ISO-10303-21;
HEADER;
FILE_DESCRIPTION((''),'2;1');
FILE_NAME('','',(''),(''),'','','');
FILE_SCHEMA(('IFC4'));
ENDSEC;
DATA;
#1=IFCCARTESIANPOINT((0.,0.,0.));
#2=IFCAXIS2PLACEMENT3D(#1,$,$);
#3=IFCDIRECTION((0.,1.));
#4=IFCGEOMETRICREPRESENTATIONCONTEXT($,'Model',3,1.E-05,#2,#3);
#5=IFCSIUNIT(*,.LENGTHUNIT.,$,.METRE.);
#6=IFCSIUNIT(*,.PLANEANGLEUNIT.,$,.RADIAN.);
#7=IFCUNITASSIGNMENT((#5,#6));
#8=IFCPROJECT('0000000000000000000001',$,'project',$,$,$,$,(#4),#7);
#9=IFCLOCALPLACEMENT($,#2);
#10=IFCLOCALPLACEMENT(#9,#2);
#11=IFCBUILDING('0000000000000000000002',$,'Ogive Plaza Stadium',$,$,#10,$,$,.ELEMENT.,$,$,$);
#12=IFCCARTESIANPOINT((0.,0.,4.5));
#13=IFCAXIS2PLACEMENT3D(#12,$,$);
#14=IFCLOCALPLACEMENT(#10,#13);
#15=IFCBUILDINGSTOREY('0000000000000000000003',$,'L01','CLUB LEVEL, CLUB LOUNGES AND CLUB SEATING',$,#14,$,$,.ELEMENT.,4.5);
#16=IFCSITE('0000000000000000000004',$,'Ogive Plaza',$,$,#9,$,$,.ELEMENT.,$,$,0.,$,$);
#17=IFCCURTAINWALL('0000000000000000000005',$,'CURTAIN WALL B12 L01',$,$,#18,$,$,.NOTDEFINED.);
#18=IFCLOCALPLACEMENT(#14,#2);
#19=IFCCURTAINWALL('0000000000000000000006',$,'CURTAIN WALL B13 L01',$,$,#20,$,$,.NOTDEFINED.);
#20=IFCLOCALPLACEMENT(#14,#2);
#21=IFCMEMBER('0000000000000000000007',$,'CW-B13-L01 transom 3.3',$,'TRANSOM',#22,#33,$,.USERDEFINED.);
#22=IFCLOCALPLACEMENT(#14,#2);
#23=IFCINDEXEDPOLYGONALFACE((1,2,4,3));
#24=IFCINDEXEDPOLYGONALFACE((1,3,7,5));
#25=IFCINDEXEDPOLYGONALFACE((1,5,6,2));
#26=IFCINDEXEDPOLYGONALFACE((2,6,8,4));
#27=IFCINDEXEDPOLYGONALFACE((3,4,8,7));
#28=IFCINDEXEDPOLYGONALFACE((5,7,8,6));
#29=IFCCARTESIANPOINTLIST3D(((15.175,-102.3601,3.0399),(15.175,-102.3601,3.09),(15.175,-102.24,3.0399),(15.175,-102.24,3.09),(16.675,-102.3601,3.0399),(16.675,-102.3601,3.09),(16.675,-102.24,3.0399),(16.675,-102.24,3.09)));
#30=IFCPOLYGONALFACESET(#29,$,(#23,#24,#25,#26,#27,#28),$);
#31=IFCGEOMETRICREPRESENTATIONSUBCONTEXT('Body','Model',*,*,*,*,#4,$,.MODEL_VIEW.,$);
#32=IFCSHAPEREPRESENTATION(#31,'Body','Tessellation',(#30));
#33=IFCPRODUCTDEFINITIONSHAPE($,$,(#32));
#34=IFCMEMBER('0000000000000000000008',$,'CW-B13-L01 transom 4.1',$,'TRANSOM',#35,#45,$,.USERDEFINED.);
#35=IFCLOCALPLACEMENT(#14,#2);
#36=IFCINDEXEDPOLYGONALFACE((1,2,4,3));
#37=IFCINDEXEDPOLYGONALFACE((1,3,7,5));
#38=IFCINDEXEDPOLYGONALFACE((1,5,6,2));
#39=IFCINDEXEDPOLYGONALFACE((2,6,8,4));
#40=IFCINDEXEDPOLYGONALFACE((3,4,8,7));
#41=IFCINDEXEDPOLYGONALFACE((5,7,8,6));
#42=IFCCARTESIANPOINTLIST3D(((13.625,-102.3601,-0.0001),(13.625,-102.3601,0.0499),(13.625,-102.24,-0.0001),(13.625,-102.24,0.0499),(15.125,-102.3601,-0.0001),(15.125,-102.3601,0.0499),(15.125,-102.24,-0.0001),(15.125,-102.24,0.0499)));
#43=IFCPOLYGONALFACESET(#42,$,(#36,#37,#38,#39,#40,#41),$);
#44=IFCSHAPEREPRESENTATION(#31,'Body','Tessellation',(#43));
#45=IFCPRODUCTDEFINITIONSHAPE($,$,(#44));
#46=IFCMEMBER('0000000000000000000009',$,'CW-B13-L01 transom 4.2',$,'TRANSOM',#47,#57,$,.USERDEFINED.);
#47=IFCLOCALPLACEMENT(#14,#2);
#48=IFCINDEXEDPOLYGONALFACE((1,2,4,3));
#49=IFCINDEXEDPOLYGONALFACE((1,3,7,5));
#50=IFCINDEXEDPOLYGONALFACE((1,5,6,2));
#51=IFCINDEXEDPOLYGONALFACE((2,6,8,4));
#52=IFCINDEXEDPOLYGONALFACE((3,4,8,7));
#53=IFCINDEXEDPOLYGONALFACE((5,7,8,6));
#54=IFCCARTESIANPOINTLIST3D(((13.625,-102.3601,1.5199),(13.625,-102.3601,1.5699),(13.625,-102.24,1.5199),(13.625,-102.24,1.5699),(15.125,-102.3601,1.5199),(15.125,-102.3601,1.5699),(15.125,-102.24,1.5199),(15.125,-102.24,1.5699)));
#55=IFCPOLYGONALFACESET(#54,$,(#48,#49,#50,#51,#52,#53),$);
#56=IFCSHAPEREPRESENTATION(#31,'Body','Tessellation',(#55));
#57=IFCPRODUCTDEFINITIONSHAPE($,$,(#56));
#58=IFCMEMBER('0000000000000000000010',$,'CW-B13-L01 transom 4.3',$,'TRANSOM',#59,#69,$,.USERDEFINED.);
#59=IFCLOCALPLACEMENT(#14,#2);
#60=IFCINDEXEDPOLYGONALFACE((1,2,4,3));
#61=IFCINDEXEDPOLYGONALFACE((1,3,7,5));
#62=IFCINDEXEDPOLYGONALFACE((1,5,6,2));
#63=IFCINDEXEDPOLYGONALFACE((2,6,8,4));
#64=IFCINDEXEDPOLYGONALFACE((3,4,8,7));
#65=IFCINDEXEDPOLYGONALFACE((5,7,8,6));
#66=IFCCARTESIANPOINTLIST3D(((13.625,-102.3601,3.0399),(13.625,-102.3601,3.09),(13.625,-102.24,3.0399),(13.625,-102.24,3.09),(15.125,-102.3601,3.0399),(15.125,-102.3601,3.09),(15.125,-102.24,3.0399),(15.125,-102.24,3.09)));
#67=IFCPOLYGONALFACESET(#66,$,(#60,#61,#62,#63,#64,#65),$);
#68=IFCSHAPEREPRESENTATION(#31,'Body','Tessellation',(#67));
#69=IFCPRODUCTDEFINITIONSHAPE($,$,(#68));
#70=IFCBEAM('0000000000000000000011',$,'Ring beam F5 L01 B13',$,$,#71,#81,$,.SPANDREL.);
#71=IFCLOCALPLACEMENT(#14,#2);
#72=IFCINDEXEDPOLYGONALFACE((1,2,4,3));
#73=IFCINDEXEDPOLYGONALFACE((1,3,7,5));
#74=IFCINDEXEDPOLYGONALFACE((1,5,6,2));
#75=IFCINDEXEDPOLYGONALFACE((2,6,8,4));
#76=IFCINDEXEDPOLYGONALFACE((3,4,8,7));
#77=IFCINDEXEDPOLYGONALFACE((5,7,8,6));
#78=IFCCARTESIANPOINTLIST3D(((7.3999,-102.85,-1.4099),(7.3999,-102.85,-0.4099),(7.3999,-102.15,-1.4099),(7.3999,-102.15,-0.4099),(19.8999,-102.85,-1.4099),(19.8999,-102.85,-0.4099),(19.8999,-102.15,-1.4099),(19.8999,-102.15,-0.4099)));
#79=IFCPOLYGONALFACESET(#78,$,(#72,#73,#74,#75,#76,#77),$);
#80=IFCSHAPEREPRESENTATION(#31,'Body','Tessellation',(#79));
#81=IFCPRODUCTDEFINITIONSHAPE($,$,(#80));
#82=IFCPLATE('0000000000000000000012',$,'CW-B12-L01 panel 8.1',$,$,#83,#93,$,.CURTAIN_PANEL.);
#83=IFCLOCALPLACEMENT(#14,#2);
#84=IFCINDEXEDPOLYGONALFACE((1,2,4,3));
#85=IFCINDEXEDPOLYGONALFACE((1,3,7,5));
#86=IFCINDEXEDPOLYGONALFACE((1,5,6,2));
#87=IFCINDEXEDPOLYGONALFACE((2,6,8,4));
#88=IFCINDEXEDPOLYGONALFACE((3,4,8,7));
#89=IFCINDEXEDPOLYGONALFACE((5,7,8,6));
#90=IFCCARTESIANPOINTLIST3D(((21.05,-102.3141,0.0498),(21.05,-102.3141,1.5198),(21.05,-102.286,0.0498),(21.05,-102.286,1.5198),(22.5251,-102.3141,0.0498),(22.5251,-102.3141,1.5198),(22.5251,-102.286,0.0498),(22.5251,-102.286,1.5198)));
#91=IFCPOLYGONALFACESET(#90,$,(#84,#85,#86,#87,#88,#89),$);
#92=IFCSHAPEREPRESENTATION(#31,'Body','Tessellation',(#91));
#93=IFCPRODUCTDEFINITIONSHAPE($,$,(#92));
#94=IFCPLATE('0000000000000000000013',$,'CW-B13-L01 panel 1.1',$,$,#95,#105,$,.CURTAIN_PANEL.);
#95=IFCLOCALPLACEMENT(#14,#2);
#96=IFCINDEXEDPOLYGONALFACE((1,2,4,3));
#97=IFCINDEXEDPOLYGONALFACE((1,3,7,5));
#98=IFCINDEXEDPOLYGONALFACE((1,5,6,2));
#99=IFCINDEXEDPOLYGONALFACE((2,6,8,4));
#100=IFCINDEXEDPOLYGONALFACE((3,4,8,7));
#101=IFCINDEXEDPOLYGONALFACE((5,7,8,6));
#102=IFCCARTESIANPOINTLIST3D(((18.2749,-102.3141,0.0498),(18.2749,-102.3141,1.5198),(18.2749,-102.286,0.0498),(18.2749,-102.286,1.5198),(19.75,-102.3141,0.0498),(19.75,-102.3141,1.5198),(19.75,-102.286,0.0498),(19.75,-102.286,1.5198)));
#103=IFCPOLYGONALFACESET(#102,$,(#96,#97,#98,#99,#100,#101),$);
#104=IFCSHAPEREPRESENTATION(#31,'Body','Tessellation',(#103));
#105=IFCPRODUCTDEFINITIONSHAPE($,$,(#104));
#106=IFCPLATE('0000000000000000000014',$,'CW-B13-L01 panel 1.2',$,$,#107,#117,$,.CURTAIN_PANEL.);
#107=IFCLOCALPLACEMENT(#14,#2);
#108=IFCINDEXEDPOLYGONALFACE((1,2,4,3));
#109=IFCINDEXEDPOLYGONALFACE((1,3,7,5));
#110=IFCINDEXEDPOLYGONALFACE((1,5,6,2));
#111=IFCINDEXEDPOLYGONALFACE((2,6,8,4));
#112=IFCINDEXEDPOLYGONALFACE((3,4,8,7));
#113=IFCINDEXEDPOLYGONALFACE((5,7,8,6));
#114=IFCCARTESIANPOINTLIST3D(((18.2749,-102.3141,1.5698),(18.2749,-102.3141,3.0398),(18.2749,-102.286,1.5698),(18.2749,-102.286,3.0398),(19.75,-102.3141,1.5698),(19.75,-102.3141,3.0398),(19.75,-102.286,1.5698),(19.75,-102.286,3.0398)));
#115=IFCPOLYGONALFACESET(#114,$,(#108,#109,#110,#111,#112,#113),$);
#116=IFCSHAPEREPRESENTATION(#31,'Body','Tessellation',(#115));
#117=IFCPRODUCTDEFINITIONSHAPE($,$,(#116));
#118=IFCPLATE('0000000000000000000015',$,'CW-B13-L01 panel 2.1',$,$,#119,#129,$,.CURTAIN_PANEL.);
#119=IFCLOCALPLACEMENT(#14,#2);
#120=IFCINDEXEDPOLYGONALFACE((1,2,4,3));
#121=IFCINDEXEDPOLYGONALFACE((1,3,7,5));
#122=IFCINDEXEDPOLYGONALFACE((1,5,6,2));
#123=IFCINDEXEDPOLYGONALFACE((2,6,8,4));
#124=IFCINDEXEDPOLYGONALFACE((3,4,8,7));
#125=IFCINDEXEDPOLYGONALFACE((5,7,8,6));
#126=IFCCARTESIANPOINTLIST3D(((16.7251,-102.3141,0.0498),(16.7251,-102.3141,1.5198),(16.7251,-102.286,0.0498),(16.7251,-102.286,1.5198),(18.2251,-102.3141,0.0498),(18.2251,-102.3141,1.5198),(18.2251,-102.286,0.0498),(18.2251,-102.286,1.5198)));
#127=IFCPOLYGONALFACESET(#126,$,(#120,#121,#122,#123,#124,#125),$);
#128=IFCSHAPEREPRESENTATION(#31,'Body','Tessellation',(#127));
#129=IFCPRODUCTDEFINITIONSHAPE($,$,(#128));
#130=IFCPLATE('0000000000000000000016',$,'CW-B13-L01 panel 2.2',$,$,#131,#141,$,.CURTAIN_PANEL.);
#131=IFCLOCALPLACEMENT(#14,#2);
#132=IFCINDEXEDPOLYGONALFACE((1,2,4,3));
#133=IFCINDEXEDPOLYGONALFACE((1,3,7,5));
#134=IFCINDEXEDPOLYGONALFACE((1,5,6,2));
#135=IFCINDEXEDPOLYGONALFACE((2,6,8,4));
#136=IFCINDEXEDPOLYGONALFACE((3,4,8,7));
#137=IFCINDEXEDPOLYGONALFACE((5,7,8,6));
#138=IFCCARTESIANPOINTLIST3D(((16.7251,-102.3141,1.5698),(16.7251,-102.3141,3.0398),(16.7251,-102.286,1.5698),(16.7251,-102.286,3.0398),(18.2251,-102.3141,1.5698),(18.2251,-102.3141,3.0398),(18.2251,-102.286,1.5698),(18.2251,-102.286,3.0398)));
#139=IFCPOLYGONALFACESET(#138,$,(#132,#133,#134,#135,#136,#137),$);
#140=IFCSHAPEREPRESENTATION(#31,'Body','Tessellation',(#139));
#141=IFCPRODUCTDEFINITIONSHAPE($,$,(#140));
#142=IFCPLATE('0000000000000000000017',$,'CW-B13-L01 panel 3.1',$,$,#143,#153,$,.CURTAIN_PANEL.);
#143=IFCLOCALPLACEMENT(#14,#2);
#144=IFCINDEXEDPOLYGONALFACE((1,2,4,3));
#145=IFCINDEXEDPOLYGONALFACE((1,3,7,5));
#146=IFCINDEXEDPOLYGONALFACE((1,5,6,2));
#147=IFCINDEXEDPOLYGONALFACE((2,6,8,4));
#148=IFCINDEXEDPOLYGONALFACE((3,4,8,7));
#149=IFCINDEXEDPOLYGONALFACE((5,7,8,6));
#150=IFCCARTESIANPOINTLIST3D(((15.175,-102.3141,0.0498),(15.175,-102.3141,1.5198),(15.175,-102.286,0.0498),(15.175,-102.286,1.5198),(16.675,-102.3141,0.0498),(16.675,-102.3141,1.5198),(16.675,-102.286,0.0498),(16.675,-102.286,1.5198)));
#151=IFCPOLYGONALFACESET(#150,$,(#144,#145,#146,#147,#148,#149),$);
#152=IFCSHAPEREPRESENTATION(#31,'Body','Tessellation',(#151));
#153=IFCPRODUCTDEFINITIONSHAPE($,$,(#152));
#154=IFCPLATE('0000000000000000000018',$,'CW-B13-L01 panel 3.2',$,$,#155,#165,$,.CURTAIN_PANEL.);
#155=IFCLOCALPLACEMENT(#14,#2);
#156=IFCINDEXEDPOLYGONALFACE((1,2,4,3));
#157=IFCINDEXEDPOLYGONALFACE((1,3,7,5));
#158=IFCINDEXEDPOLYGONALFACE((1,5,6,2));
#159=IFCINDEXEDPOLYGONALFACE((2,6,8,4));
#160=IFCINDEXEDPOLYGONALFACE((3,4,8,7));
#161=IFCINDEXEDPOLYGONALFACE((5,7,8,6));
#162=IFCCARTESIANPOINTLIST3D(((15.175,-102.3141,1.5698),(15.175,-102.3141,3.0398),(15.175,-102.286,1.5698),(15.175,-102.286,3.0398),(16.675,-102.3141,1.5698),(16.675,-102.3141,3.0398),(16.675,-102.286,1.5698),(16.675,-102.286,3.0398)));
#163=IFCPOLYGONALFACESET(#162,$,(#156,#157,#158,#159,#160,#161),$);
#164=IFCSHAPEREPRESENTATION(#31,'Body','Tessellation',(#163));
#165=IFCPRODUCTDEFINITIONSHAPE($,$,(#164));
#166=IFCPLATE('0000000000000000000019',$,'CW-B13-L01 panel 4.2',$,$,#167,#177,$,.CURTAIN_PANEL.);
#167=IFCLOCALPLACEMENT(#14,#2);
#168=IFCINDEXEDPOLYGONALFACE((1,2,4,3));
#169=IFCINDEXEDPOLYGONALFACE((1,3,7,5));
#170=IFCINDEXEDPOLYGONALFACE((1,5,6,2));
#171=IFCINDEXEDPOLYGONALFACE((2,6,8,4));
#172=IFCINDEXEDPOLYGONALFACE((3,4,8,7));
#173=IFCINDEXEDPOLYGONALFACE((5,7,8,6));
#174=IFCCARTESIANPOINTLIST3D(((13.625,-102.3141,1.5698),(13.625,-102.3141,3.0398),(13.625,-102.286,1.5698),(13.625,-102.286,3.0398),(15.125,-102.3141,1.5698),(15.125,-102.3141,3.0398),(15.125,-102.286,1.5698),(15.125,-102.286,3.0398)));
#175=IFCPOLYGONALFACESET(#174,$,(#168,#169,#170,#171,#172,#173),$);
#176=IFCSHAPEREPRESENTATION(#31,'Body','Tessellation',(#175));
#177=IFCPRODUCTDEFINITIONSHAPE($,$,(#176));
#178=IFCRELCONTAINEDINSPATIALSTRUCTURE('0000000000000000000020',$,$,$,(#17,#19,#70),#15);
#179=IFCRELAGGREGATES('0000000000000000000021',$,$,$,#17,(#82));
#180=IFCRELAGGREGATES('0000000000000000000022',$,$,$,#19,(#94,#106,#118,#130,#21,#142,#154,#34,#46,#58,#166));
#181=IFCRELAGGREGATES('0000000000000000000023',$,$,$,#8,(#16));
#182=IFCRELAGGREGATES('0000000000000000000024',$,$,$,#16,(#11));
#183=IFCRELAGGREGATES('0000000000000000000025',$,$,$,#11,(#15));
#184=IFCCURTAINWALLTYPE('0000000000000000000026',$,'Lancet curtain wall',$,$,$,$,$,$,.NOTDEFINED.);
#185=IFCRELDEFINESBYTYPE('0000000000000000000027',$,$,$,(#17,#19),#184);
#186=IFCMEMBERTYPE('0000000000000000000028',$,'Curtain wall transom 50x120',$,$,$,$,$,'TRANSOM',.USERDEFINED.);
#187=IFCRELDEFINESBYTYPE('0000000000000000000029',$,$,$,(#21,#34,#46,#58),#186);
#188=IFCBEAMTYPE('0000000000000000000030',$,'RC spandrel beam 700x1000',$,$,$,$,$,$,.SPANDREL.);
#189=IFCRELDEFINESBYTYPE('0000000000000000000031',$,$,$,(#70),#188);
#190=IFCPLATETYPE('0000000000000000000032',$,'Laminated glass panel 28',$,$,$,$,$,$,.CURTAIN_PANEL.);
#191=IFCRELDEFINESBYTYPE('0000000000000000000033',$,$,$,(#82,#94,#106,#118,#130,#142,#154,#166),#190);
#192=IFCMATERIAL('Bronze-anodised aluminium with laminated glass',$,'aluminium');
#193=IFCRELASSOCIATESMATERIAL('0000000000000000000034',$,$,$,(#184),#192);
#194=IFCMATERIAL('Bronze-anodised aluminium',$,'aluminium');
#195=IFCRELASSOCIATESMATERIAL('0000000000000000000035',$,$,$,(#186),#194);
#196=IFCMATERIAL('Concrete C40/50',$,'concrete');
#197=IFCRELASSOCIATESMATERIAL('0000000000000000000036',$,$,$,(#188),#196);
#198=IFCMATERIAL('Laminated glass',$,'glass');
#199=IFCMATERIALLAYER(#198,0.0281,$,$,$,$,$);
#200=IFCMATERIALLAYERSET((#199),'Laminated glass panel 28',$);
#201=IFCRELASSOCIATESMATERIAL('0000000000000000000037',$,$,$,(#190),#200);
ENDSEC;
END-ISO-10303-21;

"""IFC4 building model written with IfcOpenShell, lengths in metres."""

from ifc_helpers import new_model, si_unit, direction, frame, origin, origin_2d, place, context, subcontext, project, spatial, rectangle, extrude, material, layer, layer_set, material_profile, profile_set, type_object, element, aggregate, save


model = new_model("IFC4")

# Units and contexts
model_context = context("Model", 3, precision=1e-05, world=origin(), true_north=direction((0.0, 1.0)))
body_context = subcontext(model_context, "Body", "Model", "MODEL_VIEW")
ifc_project = project(units=[si_unit("LENGTHUNIT", "METRE"), si_unit("PLANEANGLEUNIT", "RADIAN")], contexts=[model_context])

# Site, building, storey
site_placement = place(None, origin())
site = spatial("IfcSite", under=ifc_project, at=site_placement, Name="Ogive Plaza", CompositionType="ELEMENT", RefElevation=0.0)
building_placement = place(site_placement, origin())
building = spatial("IfcBuilding", under=site, at=building_placement, Name="Ogive Plaza Stadium", CompositionType="ELEMENT")
storey_placement = place(building_placement, frame((0.0, 0.0, 4.5)))
storey = spatial("IfcBuildingStorey", under=building, at=storey_placement, Name="L01", Description="CLUB LEVEL, CLUB LOUNGES AND CLUB SEATING", CompositionType="ELEMENT", Elevation=4.5)

# Curtain wall
ifc_material_1 = material(Name="Bronze-anodised aluminium with laminated glass", Category="aluminium")
curtain_wall_type = type_object("IfcCurtainWallType", Name="Lancet curtain wall", PredefinedType="NOTDEFINED", material=ifc_material_1)
curtain_wall_1_placement = place(storey_placement, origin())
curtain_wall_1 = element("IfcCurtainWall", 1, at=curtain_wall_1_placement, inside=storey, type_object=curtain_wall_type, Name="CURTAIN WALL B12 L01", PredefinedType="NOTDEFINED")

# Curtain wall, members
curtain_wall_2_placement = place(storey_placement, origin())
curtain_wall_2 = element("IfcCurtainWall", 2, at=curtain_wall_2_placement, inside=storey, type_object=curtain_wall_type, Name="CURTAIN WALL B13 L01", PredefinedType="NOTDEFINED")
ifc_material_2 = material(Name="Bronze-anodised aluminium", Category="aluminium")
ifc_material_profile_1 = material_profile(ifc_material_2, rectangle(XDim=0.1201, YDim=0.05, at=origin_2d()), Name="AL 120x50")
ifc_profile_set_1 = profile_set([ifc_material_profile_1], Name="Bronze-anodised aluminium")
member_type_1 = type_object("IfcMemberType", Name="Curtain wall transom 50x120", ElementType="TRANSOM", PredefinedType="USERDEFINED", material=ifc_profile_set_1)
member_1_placement = place(storey_placement, frame((16.675, -102.3, 3.0649), z_axis=(-1.0, 0.0, 0.0), x_axis=(0.0, -1.0, 0.0)))
member_1 = element("IfcMember", 3, at=member_1_placement, type_object=member_type_1, Name="CW-B13-L01 transom 3.3", ObjectType="TRANSOM", PredefinedType="USERDEFINED", context=body_context, shape_type="SweptSolid", body=[
    extrude(rectangle(XDim=0.1201, YDim=0.05, at=origin_2d()), origin(), (0.0, 0.0, 1.0), 1.5),
])
member_2_placement = place(storey_placement, frame((15.125, -102.3, 0.0249), z_axis=(-1.0, 0.0, 0.0), x_axis=(0.0, -1.0, 0.0)))
member_2 = element("IfcMember", 4, at=member_2_placement, type_object=member_type_1, Name="CW-B13-L01 transom 4.1", ObjectType="TRANSOM", PredefinedType="USERDEFINED", context=body_context, shape_type="SweptSolid", body=[
    extrude(rectangle(XDim=0.1201, YDim=0.05, at=origin_2d()), origin(), (0.0, 0.0, 1.0), 1.5),
])
member_3_placement = place(storey_placement, frame((15.125, -102.3, 1.5449), z_axis=(-1.0, 0.0, 0.0), x_axis=(0.0, -1.0, 0.0)))
member_3 = element("IfcMember", 5, at=member_3_placement, type_object=member_type_1, Name="CW-B13-L01 transom 4.2", ObjectType="TRANSOM", PredefinedType="USERDEFINED", context=body_context, shape_type="SweptSolid", body=[
    extrude(rectangle(XDim=0.1201, YDim=0.05, at=origin_2d()), origin(), (0.0, 0.0, 1.0), 1.5),
])
member_4_placement = place(storey_placement, frame((15.125, -102.3, 3.0649), z_axis=(-1.0, 0.0, 0.0), x_axis=(0.0, -1.0, 0.0)))
member_4 = element("IfcMember", 6, at=member_4_placement, type_object=member_type_1, Name="CW-B13-L01 transom 4.3", ObjectType="TRANSOM", PredefinedType="USERDEFINED", context=body_context, shape_type="SweptSolid", body=[
    extrude(rectangle(XDim=0.1201, YDim=0.05, at=origin_2d()), origin(), (0.0, 0.0, 1.0), 1.5),
])

# Beam
ifc_material_3 = material(Name="Concrete C40/50", Category="concrete")
ifc_material_profile_2 = material_profile(ifc_material_3, rectangle(XDim=0.7, YDim=1.0, at=origin_2d()), Name="RC 700x1000")
ifc_profile_set_2 = profile_set([ifc_material_profile_2], Name="Concrete C40/50")
beam_type = type_object("IfcBeamType", Name="RC spandrel beam 700x1000", PredefinedType="SPANDREL", material=ifc_profile_set_2)
beam_placement = place(storey_placement, frame((19.8999, -102.5, -0.9099), z_axis=(-1.0, 0.0, 0.0), x_axis=(0.0, -1.0, 0.0)))
element("IfcBeam", 7, at=beam_placement, inside=storey, type_object=beam_type, Name="Ring beam F5 L01 B13", PredefinedType="SPANDREL", context=body_context, shape_type="SweptSolid", body=[
    extrude(rectangle(XDim=0.7, YDim=1.0, at=origin_2d()), origin(), (0.0, 0.0, 1.0), 12.5),
])

# Plates
ifc_material_4 = material(Name="Laminated glass", Category="glass")
ifc_layer_1 = layer(ifc_material_4, 0.0281)
ifc_layer_set_1 = layer_set([ifc_layer_1], Name="Laminated glass panel 28")
plate_type = type_object("IfcPlateType", Name="Laminated glass panel 28", PredefinedType="CURTAIN_PANEL", material=ifc_layer_set_1)
plate_1_placement = place(storey_placement, frame((21.7876, -102.3, 0.0498), z_axis=(0.0, 0.0, 1.0), x_axis=(-1.0, 0.0, 0.0)))
plate_1 = element("IfcPlate", 8, at=plate_1_placement, type_object=plate_type, Name="CW-B12-L01 panel 8.1", PredefinedType="CURTAIN_PANEL", context=body_context, shape_type="SweptSolid", body=[
    extrude(rectangle(XDim=1.4751, YDim=0.0281, at=origin_2d()), origin(), (0.0, 0.0, 1.0), 1.47),
])
aggregate(curtain_wall_1, [plate_1])
plate_2_placement = place(storey_placement, frame((19.0125, -102.3, 0.0498), z_axis=(0.0, 0.0, 1.0), x_axis=(-1.0, 0.0, 0.0)))
plate_2 = element("IfcPlate", 9, at=plate_2_placement, type_object=plate_type, Name="CW-B13-L01 panel 1.1", PredefinedType="CURTAIN_PANEL", context=body_context, shape_type="SweptSolid", body=[
    extrude(rectangle(XDim=1.4751, YDim=0.0281, at=origin_2d()), origin(), (0.0, 0.0, 1.0), 1.47),
])
plate_3_placement = place(storey_placement, frame((19.0125, -102.3, 1.5698), z_axis=(0.0, 0.0, 1.0), x_axis=(-1.0, 0.0, 0.0)))
plate_3 = element("IfcPlate", 10, at=plate_3_placement, type_object=plate_type, Name="CW-B13-L01 panel 1.2", PredefinedType="CURTAIN_PANEL", context=body_context, shape_type="SweptSolid", body=[
    extrude(rectangle(XDim=1.4751, YDim=0.0281, at=origin_2d()), origin(), (0.0, 0.0, 1.0), 1.47),
])
plate_4_placement = place(storey_placement, frame((17.4751, -102.3, 0.0498), z_axis=(0.0, 0.0, 1.0), x_axis=(-1.0, 0.0, 0.0)))
plate_4 = element("IfcPlate", 11, at=plate_4_placement, type_object=plate_type, Name="CW-B13-L01 panel 2.1", PredefinedType="CURTAIN_PANEL", context=body_context, shape_type="SweptSolid", body=[
    extrude(rectangle(XDim=1.5, YDim=0.0281, at=origin_2d()), origin(), (0.0, 0.0, 1.0), 1.47),
])
plate_5_placement = place(storey_placement, frame((17.4751, -102.3, 1.5698), z_axis=(0.0, 0.0, 1.0), x_axis=(-1.0, 0.0, 0.0)))
plate_5 = element("IfcPlate", 12, at=plate_5_placement, type_object=plate_type, Name="CW-B13-L01 panel 2.2", PredefinedType="CURTAIN_PANEL", context=body_context, shape_type="SweptSolid", body=[
    extrude(rectangle(XDim=1.5, YDim=0.0281, at=origin_2d()), origin(), (0.0, 0.0, 1.0), 1.47),
])
plate_6_placement = place(storey_placement, frame((15.925, -102.3, 0.0498), z_axis=(0.0, 0.0, 1.0), x_axis=(-1.0, 0.0, 0.0)))
plate_6 = element("IfcPlate", 13, at=plate_6_placement, type_object=plate_type, Name="CW-B13-L01 panel 3.1", PredefinedType="CURTAIN_PANEL", context=body_context, shape_type="SweptSolid", body=[
    extrude(rectangle(XDim=1.5, YDim=0.0281, at=origin_2d()), origin(), (0.0, 0.0, 1.0), 1.47),
])
plate_7_placement = place(storey_placement, frame((15.925, -102.3, 1.5698), z_axis=(0.0, 0.0, 1.0), x_axis=(-1.0, 0.0, 0.0)))
plate_7 = element("IfcPlate", 14, at=plate_7_placement, type_object=plate_type, Name="CW-B13-L01 panel 3.2", PredefinedType="CURTAIN_PANEL", context=body_context, shape_type="SweptSolid", body=[
    extrude(rectangle(XDim=1.5, YDim=0.0281, at=origin_2d()), origin(), (0.0, 0.0, 1.0), 1.47),
])
plate_8_placement = place(storey_placement, frame((14.375, -102.3, 1.5698), z_axis=(0.0, 0.0, 1.0), x_axis=(-1.0, 0.0, 0.0)))
plate_8 = element("IfcPlate", 15, at=plate_8_placement, type_object=plate_type, Name="CW-B13-L01 panel 4.2", PredefinedType="CURTAIN_PANEL", context=body_context, shape_type="SweptSolid", body=[
    extrude(rectangle(XDim=1.5, YDim=0.0281, at=origin_2d()), origin(), (0.0, 0.0, 1.0), 1.47),
])
aggregate(curtain_wall_2, [plate_2, plate_3, plate_4, plate_5, member_1, plate_6, plate_7, member_2, member_3, member_4, plate_8])

save(model, "model.ifc")
